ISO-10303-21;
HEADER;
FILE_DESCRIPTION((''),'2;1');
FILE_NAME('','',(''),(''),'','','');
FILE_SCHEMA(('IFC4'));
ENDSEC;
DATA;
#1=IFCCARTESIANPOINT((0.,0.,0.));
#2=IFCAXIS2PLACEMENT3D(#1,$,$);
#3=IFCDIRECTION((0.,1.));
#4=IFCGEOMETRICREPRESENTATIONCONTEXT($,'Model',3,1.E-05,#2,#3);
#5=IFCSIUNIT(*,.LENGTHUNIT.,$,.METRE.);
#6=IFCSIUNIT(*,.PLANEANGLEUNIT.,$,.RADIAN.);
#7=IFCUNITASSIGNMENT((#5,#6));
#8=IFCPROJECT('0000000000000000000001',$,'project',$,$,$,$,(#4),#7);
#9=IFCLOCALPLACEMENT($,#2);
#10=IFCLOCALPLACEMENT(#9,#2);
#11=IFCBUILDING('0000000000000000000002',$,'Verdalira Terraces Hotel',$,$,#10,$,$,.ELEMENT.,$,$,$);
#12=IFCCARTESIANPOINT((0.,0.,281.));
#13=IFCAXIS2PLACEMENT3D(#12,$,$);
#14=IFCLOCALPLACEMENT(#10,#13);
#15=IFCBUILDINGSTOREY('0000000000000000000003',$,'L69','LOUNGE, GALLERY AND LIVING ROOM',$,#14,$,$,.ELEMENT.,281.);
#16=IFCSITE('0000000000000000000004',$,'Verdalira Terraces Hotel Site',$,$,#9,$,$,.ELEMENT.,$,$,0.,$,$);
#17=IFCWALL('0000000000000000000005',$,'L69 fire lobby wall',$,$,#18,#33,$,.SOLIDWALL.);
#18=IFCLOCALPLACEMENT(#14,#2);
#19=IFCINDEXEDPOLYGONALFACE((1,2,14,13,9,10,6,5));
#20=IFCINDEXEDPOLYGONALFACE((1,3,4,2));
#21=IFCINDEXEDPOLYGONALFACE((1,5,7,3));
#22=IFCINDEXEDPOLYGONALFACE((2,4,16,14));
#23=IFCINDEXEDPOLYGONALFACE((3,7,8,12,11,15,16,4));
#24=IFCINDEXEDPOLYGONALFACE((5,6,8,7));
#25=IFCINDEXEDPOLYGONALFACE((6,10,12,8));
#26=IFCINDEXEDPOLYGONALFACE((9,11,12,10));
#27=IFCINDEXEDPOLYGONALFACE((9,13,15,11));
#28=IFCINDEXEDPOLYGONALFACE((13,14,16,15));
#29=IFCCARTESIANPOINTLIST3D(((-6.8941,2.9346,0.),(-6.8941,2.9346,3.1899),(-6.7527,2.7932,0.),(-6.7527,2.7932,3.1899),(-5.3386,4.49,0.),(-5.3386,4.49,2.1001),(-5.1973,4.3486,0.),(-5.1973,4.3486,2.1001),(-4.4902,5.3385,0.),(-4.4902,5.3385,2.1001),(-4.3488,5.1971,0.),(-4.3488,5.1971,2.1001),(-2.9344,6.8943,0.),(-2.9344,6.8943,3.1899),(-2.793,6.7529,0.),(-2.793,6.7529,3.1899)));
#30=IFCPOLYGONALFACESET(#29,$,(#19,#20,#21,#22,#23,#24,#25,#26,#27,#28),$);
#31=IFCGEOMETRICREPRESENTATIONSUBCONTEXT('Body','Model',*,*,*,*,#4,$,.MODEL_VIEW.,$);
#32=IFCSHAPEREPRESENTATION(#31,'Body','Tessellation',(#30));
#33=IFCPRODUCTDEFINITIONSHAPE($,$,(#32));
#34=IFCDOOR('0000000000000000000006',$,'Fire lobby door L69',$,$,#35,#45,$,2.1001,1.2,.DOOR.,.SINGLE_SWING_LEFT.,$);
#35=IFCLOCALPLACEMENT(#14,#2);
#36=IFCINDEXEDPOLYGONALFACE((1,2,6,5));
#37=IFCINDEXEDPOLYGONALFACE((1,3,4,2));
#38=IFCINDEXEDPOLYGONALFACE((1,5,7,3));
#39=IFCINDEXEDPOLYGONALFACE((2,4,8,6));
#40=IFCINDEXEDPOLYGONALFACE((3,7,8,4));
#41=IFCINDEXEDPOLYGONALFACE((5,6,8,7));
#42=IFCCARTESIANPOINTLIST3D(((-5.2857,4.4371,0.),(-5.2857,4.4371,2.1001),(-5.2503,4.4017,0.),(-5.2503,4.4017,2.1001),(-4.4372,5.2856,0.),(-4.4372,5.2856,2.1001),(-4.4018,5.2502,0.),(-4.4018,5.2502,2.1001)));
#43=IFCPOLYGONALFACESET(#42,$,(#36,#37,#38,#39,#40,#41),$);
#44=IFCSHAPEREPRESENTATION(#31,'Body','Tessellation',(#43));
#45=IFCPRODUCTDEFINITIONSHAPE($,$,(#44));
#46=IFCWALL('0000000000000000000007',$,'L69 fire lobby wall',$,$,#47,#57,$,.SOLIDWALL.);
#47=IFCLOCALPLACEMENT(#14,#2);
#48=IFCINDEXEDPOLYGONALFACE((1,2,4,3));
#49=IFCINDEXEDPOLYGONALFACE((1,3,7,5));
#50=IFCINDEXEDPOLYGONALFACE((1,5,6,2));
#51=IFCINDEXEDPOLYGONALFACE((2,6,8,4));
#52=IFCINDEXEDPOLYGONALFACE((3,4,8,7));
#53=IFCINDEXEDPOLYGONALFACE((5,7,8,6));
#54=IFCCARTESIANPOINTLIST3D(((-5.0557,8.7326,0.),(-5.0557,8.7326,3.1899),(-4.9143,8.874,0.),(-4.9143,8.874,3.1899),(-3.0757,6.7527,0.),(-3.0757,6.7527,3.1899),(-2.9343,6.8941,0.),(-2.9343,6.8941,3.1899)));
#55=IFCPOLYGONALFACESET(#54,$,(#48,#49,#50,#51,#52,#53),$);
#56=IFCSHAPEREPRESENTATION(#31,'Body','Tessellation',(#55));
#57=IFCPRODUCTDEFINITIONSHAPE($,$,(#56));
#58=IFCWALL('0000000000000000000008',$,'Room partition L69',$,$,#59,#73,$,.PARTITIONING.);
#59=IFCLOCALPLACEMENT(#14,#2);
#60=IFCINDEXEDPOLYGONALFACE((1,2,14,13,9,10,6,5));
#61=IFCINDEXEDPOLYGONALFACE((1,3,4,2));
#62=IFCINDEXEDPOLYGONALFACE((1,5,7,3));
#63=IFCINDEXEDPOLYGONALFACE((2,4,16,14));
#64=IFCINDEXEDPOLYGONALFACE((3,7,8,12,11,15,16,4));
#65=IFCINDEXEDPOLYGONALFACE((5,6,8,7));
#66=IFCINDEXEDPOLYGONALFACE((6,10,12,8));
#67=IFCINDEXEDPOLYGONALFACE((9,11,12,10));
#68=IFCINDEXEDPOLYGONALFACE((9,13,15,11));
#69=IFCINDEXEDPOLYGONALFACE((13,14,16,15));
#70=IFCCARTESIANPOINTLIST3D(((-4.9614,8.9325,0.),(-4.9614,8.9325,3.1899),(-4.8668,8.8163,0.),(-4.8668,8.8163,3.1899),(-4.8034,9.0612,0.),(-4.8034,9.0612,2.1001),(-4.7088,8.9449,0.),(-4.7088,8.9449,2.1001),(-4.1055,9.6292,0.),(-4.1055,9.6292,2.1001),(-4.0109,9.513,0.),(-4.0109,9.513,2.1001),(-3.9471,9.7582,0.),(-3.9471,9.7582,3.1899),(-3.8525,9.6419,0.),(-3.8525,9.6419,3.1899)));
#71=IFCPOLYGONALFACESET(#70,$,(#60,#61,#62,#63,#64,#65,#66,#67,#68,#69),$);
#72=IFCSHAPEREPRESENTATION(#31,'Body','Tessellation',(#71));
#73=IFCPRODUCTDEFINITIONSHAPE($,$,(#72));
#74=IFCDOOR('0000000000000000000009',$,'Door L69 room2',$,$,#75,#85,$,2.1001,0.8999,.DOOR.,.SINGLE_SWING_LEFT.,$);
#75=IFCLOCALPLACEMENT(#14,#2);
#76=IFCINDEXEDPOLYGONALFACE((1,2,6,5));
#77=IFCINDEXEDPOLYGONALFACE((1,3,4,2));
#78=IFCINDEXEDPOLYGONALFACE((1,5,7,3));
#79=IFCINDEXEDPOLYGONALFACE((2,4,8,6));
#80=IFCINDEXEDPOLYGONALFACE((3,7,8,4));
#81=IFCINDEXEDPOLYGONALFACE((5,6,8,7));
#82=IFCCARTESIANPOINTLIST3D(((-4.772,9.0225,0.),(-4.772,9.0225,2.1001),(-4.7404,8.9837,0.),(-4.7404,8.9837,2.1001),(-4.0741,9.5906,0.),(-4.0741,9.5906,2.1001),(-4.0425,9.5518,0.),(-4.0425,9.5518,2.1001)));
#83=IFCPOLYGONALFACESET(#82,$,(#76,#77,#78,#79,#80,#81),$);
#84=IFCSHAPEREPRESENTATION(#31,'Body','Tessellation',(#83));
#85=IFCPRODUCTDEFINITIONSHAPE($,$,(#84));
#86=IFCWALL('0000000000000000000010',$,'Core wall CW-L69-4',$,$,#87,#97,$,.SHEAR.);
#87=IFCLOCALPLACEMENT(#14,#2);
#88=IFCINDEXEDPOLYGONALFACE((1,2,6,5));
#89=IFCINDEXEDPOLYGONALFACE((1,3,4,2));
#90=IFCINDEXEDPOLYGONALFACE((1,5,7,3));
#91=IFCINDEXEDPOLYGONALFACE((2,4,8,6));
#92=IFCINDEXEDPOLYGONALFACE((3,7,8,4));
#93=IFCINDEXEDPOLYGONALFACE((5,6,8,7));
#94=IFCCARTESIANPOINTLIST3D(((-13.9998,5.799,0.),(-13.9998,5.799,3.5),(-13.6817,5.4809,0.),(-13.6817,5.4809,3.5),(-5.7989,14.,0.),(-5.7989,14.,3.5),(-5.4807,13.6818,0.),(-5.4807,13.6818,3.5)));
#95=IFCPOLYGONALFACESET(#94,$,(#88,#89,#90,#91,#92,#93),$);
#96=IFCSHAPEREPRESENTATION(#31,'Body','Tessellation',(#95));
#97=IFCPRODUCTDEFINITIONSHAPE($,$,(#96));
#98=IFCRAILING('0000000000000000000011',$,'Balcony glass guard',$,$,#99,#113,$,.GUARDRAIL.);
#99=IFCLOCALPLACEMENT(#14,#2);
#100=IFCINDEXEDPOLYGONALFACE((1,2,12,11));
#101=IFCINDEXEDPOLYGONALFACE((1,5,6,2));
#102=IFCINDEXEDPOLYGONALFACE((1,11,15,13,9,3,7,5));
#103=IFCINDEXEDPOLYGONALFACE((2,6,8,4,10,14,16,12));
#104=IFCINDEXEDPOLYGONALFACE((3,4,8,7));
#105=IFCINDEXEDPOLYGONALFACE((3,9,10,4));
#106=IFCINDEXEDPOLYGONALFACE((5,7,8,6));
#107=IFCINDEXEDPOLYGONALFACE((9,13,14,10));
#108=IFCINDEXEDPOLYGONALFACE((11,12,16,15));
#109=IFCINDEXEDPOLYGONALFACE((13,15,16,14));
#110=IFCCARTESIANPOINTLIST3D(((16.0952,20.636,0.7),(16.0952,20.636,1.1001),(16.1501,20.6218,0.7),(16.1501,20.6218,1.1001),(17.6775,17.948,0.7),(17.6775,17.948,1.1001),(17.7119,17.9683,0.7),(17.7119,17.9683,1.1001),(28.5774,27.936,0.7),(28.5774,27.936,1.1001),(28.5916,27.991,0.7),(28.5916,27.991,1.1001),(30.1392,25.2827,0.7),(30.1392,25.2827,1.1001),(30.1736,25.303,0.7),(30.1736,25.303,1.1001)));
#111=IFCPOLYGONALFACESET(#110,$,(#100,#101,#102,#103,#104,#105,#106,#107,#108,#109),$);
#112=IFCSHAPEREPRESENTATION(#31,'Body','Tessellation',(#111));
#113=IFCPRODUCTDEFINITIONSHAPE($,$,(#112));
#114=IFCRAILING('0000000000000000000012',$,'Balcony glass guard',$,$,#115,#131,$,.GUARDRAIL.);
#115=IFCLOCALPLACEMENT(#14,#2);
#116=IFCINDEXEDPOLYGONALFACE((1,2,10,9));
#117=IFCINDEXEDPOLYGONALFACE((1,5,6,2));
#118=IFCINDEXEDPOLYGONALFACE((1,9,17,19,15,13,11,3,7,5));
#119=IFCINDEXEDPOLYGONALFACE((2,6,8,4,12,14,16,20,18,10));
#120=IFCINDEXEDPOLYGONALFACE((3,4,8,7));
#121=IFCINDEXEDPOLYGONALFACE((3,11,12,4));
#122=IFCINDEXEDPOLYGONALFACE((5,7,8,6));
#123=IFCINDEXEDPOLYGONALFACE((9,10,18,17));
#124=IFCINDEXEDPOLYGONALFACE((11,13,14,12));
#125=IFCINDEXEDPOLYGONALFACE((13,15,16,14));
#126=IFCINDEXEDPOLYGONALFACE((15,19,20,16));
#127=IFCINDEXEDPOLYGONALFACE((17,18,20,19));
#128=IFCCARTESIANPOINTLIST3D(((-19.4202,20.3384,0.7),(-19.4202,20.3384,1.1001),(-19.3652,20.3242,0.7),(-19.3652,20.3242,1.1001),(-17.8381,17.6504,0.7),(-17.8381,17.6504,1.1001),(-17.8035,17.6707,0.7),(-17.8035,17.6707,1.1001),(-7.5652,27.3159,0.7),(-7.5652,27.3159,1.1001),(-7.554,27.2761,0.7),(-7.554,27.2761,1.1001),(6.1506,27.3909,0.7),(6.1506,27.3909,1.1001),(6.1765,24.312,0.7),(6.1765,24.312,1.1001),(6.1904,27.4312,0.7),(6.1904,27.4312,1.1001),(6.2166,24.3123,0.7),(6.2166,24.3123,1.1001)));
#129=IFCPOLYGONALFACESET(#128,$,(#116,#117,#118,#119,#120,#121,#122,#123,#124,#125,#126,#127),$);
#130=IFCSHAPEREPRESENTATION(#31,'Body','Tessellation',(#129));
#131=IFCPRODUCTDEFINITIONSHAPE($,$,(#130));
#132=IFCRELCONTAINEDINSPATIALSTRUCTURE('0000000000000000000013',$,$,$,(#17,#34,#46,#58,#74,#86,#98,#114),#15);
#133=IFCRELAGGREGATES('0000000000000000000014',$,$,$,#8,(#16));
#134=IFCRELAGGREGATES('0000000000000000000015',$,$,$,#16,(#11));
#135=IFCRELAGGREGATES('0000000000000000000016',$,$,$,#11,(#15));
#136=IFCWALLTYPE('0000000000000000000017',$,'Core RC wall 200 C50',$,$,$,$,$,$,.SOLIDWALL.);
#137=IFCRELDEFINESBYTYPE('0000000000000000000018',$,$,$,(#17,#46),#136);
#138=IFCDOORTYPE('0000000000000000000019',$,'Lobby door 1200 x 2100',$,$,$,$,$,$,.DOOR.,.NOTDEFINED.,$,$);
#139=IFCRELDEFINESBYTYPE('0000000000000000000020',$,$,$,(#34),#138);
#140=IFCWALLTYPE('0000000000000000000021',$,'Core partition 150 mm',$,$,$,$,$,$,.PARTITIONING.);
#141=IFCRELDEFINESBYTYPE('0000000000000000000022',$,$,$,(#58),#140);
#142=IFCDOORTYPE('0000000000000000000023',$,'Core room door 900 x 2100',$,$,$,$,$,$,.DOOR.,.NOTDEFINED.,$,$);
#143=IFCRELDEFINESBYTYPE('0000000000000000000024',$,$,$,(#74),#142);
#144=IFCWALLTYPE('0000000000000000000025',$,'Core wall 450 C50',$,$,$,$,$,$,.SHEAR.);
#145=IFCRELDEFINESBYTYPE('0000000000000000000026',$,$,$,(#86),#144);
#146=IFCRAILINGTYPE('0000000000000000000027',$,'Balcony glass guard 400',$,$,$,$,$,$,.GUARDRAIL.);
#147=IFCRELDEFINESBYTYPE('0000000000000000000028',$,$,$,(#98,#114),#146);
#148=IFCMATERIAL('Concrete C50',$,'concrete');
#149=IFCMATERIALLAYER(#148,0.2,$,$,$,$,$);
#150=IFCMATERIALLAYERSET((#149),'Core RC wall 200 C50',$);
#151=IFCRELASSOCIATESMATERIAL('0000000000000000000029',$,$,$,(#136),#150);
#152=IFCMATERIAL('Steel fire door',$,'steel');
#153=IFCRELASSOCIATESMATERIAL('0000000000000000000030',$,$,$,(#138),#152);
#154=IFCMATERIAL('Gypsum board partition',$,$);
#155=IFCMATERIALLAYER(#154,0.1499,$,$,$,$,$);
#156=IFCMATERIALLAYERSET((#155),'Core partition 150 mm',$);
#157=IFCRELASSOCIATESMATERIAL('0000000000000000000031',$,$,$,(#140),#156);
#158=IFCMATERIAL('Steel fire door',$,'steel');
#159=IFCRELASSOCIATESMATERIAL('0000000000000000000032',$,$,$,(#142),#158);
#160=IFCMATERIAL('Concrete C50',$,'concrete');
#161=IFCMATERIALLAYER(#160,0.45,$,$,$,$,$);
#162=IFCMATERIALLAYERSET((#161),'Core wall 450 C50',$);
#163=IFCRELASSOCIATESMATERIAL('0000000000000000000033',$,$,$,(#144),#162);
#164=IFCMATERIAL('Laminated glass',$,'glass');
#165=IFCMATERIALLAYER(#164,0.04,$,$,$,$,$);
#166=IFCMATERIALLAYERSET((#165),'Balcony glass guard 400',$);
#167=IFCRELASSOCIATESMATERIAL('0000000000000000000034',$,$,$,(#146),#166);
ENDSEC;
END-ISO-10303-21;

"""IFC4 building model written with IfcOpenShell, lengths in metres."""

from ifc_helpers import new_model, si_unit, direction, frame, frame_2d, origin, place, context, subcontext, project, spatial, polyline, rectangle, outline, extrude, material, layer, layer_set, type_object, element, fill, save


model = new_model("IFC4")

# Units and contexts
model_context = context("Model", 3, precision=1e-05, world=origin(), true_north=direction((0.0, 1.0)))
body_context = subcontext(model_context, "Body", "Model", "MODEL_VIEW")
ifc_project = project(units=[si_unit("LENGTHUNIT", "METRE"), si_unit("PLANEANGLEUNIT", "RADIAN")], contexts=[model_context])

# Site, building, storey
site_placement = place(None, origin())
site = spatial("IfcSite", under=ifc_project, at=site_placement, Name="Verdalira Terraces Hotel Site", CompositionType="ELEMENT", RefElevation=0.0)
building_placement = place(site_placement, origin())
building = spatial("IfcBuilding", under=site, at=building_placement, Name="Verdalira Terraces Hotel", CompositionType="ELEMENT")
storey_placement = place(building_placement, frame((0.0, 0.0, 281.0)))
storey = spatial("IfcBuildingStorey", under=building, at=storey_placement, Name="L69", Description="LOUNGE, GALLERY AND LIVING ROOM", CompositionType="ELEMENT", Elevation=281.0)

# Shared definitions
ifc_material_1 = material(Name="Concrete C50", Category="concrete")
ifc_layer_1 = layer(ifc_material_1, 0.2)
ifc_layer_set_1 = layer_set([ifc_layer_1], Name="Core RC wall 200 C50")
wall_type_1 = type_object("IfcWallType", Name="Core RC wall 200 C50", PredefinedType="SOLIDWALL", material=ifc_layer_set_1)

# Wall, opening, door
wall_1_placement = place(storey_placement, frame((-2.8638, 6.8235, 0.0), z_axis=(0.0, 0.0, 1.0), x_axis=(-0.707107, -0.707107, 0.0)))
wall_1 = element("IfcWall", 1, at=wall_1_placement, inside=storey, type_object=wall_type_1, Name="L69 fire lobby wall", PredefinedType="SOLIDWALL", context=body_context, shape_type="SweptSolid", body=[
    extrude(rectangle(XDim=5.5999, YDim=0.2, at=frame_2d((2.7998, 0.0))), origin(), (0.0, 0.0, 1.0), 3.1899),
])
opening_1_placement = place(wall_1_placement, frame((2.2, 0.0, 0.0)))
opening_1 = element("IfcOpeningElement", 2, at=opening_1_placement, cuts=wall_1, PredefinedType="OPENING", context=body_context, shape_type="SweptSolid", body=[
    extrude(rectangle(XDim=1.2, YDim=2.1001, at=frame_2d((0.6001, 1.05))), frame((0.0, 0.1099, 0.0), z_axis=(0.0, -1.0, 0.0), x_axis=(1.0, 0.0, 0.0)), (0.0, 0.0, 1.0), 0.22),
])
ifc_material_2 = material(Name="Steel fire door", Category="steel")
door_type_1 = type_object("IfcDoorType", Name="Lobby door 1200 x 2100", OperationType="NOTDEFINED", PredefinedType="DOOR", material=ifc_material_2)
door_1_placement = place(opening_1_placement, origin())
door_1 = element("IfcDoor", 3, at=door_1_placement, inside=storey, type_object=door_type_1, Name="Fire lobby door L69", OperationType="SINGLE_SWING_LEFT", OverallHeight=2.1001, OverallWidth=1.2, PredefinedType="DOOR", context=body_context, shape_type="SweptSolid", body=[
    extrude(rectangle(XDim=1.2, YDim=2.1001, at=frame_2d((0.6001, 1.05))), frame((0.0, 0.0249, 0.0), z_axis=(0.0, -1.0, 0.0), x_axis=(1.0, 0.0, 0.0)), (0.0, 0.0, 1.0), 0.05),
])
fill(opening_1, door_1)

# Wall
wall_2_placement = place(storey_placement, frame((-3.0051, 6.8235, 0.0), z_axis=(0.0, 0.0, 1.0), x_axis=(-0.707107, 0.707107, 0.0)))
element("IfcWall", 4, at=wall_2_placement, inside=storey, type_object=wall_type_1, Name="L69 fire lobby wall", PredefinedType="SOLIDWALL", context=body_context, shape_type="SweptSolid", body=[
    extrude(rectangle(XDim=2.8, YDim=0.2, at=frame_2d((1.3999, 0.0))), origin(), (0.0, 0.0, 1.0), 3.1899),
])

# Wall, opening, door
ifc_material_3 = material(Name="Gypsum board partition")
ifc_layer_2 = layer(ifc_material_3, 0.1499)
ifc_layer_set_2 = layer_set([ifc_layer_2], Name="Core partition 150 mm")
wall_type_2 = type_object("IfcWallType", Name="Core partition 150 mm", PredefinedType="PARTITIONING", material=ifc_layer_set_2)
wall_3_placement = place(storey_placement, frame((-3.8999, 9.7, 0.0), z_axis=(0.0, 0.0, 1.0), x_axis=(-0.77556, -0.631274, 0.0)))
wall_3 = element("IfcWall", 5, at=wall_3_placement, inside=storey, type_object=wall_type_2, Name="Room partition L69", PredefinedType="PARTITIONING", context=body_context, shape_type="SweptSolid", body=[
    extrude(rectangle(XDim=1.3079, YDim=0.1499, at=frame_2d((0.6538, 0.0))), origin(), (0.0, 0.0, 1.0), 3.1899),
])
opening_2_placement = place(wall_3_placement, frame((0.2041, 0.0, 0.0)))
opening_2 = element("IfcOpeningElement", 6, at=opening_2_placement, cuts=wall_3, PredefinedType="OPENING", context=body_context, shape_type="SweptSolid", body=[
    extrude(rectangle(XDim=0.8999, YDim=2.1001, at=frame_2d((0.45, 1.05))), frame((0.0, 0.085, 0.0), z_axis=(0.0, -1.0, 0.0), x_axis=(1.0, 0.0, 0.0)), (0.0, 0.0, 1.0), 0.1699),
])
ifc_material_4 = material(Name="Steel fire door", Category="steel")
door_type_2 = type_object("IfcDoorType", Name="Core room door 900 x 2100", OperationType="NOTDEFINED", PredefinedType="DOOR", material=ifc_material_4)
door_2_placement = place(opening_2_placement, origin())
door_2 = element("IfcDoor", 7, at=door_2_placement, inside=storey, type_object=door_type_2, Name="Door L69 room2", OperationType="SINGLE_SWING_LEFT", OverallHeight=2.1001, OverallWidth=0.8999, PredefinedType="DOOR", context=body_context, shape_type="SweptSolid", body=[
    extrude(rectangle(XDim=0.8999, YDim=2.1001, at=frame_2d((0.45, 1.05))), frame((0.0, 0.0249, 0.0), z_axis=(0.0, -1.0, 0.0), x_axis=(1.0, 0.0, 0.0)), (0.0, 0.0, 1.0), 0.05),
])
fill(opening_2, door_2)

# Wall
ifc_material_5 = material(Name="Concrete C50", Category="concrete")
ifc_layer_3 = layer(ifc_material_5, 0.45)
ifc_layer_set_3 = layer_set([ifc_layer_3], Name="Core wall 450 C50")
wall_type_3 = type_object("IfcWallType", Name="Core wall 450 C50", PredefinedType="SHEAR", material=ifc_layer_set_3)
wall_4_placement = place(storey_placement, frame((-5.6399, 13.8408, 0.0), z_axis=(0.0, 0.0, 1.0), x_axis=(-0.707107, -0.707107, 0.0)))
element("IfcWall", 8, at=wall_4_placement, inside=storey, type_object=wall_type_3, Name="Core wall CW-L69-4", PredefinedType="SHEAR", context=body_context, shape_type="SweptSolid", body=[
    extrude(rectangle(XDim=11.5979, YDim=0.45, at=frame_2d((5.7988, 0.0))), origin(), (0.0, 0.0, 1.0), 3.5),
])

# Railings
ifc_material_6 = material(Name="Laminated glass", Category="glass")
ifc_layer_4 = layer(ifc_material_6, 0.04)
ifc_layer_set_4 = layer_set([ifc_layer_4], Name="Balcony glass guard 400")
railing_type = type_object("IfcRailingType", Name="Balcony glass guard 400", PredefinedType="GUARDRAIL", material=ifc_layer_set_4)
railing_1_placement = place(storey_placement, frame((0.0, 0.0, 0.7)))
element("IfcRailing", 9, at=railing_1_placement, inside=storey, type_object=railing_type, Name="Balcony glass guard", PredefinedType="GUARDRAIL", context=body_context, shape_type="SweptSolid", body=[
    extrude(outline(polyline([(28.5774, 27.936), (16.1501, 20.6218), (17.7119, 17.9683), (17.6775, 17.948), (16.0952, 20.636), (28.5916, 27.991), (30.1736, 25.303), (30.1392, 25.2827), (28.5774, 27.936)])), origin(), (0.0, 0.0, 1.0), 0.4001),
])
railing_2_placement = place(storey_placement, frame((0.0, 0.0, 0.7)))
element("IfcRailing", 10, at=railing_2_placement, inside=storey, type_object=railing_type, Name="Balcony glass guard", PredefinedType="GUARDRAIL", context=body_context, shape_type="SweptSolid", body=[
    extrude(outline(polyline([(6.1506, 27.3909), (-7.554, 27.2761), (-19.3652, 20.3242), (-17.8035, 17.6707), (-17.8381, 17.6504), (-19.4202, 20.3384), (-7.5652, 27.3159), (6.1904, 27.4312), (6.2166, 24.3123), (6.1765, 24.312), (6.1506, 27.3909)])), origin(), (0.0, 0.0, 1.0), 0.4001),
])

save(model, "model.ifc")
